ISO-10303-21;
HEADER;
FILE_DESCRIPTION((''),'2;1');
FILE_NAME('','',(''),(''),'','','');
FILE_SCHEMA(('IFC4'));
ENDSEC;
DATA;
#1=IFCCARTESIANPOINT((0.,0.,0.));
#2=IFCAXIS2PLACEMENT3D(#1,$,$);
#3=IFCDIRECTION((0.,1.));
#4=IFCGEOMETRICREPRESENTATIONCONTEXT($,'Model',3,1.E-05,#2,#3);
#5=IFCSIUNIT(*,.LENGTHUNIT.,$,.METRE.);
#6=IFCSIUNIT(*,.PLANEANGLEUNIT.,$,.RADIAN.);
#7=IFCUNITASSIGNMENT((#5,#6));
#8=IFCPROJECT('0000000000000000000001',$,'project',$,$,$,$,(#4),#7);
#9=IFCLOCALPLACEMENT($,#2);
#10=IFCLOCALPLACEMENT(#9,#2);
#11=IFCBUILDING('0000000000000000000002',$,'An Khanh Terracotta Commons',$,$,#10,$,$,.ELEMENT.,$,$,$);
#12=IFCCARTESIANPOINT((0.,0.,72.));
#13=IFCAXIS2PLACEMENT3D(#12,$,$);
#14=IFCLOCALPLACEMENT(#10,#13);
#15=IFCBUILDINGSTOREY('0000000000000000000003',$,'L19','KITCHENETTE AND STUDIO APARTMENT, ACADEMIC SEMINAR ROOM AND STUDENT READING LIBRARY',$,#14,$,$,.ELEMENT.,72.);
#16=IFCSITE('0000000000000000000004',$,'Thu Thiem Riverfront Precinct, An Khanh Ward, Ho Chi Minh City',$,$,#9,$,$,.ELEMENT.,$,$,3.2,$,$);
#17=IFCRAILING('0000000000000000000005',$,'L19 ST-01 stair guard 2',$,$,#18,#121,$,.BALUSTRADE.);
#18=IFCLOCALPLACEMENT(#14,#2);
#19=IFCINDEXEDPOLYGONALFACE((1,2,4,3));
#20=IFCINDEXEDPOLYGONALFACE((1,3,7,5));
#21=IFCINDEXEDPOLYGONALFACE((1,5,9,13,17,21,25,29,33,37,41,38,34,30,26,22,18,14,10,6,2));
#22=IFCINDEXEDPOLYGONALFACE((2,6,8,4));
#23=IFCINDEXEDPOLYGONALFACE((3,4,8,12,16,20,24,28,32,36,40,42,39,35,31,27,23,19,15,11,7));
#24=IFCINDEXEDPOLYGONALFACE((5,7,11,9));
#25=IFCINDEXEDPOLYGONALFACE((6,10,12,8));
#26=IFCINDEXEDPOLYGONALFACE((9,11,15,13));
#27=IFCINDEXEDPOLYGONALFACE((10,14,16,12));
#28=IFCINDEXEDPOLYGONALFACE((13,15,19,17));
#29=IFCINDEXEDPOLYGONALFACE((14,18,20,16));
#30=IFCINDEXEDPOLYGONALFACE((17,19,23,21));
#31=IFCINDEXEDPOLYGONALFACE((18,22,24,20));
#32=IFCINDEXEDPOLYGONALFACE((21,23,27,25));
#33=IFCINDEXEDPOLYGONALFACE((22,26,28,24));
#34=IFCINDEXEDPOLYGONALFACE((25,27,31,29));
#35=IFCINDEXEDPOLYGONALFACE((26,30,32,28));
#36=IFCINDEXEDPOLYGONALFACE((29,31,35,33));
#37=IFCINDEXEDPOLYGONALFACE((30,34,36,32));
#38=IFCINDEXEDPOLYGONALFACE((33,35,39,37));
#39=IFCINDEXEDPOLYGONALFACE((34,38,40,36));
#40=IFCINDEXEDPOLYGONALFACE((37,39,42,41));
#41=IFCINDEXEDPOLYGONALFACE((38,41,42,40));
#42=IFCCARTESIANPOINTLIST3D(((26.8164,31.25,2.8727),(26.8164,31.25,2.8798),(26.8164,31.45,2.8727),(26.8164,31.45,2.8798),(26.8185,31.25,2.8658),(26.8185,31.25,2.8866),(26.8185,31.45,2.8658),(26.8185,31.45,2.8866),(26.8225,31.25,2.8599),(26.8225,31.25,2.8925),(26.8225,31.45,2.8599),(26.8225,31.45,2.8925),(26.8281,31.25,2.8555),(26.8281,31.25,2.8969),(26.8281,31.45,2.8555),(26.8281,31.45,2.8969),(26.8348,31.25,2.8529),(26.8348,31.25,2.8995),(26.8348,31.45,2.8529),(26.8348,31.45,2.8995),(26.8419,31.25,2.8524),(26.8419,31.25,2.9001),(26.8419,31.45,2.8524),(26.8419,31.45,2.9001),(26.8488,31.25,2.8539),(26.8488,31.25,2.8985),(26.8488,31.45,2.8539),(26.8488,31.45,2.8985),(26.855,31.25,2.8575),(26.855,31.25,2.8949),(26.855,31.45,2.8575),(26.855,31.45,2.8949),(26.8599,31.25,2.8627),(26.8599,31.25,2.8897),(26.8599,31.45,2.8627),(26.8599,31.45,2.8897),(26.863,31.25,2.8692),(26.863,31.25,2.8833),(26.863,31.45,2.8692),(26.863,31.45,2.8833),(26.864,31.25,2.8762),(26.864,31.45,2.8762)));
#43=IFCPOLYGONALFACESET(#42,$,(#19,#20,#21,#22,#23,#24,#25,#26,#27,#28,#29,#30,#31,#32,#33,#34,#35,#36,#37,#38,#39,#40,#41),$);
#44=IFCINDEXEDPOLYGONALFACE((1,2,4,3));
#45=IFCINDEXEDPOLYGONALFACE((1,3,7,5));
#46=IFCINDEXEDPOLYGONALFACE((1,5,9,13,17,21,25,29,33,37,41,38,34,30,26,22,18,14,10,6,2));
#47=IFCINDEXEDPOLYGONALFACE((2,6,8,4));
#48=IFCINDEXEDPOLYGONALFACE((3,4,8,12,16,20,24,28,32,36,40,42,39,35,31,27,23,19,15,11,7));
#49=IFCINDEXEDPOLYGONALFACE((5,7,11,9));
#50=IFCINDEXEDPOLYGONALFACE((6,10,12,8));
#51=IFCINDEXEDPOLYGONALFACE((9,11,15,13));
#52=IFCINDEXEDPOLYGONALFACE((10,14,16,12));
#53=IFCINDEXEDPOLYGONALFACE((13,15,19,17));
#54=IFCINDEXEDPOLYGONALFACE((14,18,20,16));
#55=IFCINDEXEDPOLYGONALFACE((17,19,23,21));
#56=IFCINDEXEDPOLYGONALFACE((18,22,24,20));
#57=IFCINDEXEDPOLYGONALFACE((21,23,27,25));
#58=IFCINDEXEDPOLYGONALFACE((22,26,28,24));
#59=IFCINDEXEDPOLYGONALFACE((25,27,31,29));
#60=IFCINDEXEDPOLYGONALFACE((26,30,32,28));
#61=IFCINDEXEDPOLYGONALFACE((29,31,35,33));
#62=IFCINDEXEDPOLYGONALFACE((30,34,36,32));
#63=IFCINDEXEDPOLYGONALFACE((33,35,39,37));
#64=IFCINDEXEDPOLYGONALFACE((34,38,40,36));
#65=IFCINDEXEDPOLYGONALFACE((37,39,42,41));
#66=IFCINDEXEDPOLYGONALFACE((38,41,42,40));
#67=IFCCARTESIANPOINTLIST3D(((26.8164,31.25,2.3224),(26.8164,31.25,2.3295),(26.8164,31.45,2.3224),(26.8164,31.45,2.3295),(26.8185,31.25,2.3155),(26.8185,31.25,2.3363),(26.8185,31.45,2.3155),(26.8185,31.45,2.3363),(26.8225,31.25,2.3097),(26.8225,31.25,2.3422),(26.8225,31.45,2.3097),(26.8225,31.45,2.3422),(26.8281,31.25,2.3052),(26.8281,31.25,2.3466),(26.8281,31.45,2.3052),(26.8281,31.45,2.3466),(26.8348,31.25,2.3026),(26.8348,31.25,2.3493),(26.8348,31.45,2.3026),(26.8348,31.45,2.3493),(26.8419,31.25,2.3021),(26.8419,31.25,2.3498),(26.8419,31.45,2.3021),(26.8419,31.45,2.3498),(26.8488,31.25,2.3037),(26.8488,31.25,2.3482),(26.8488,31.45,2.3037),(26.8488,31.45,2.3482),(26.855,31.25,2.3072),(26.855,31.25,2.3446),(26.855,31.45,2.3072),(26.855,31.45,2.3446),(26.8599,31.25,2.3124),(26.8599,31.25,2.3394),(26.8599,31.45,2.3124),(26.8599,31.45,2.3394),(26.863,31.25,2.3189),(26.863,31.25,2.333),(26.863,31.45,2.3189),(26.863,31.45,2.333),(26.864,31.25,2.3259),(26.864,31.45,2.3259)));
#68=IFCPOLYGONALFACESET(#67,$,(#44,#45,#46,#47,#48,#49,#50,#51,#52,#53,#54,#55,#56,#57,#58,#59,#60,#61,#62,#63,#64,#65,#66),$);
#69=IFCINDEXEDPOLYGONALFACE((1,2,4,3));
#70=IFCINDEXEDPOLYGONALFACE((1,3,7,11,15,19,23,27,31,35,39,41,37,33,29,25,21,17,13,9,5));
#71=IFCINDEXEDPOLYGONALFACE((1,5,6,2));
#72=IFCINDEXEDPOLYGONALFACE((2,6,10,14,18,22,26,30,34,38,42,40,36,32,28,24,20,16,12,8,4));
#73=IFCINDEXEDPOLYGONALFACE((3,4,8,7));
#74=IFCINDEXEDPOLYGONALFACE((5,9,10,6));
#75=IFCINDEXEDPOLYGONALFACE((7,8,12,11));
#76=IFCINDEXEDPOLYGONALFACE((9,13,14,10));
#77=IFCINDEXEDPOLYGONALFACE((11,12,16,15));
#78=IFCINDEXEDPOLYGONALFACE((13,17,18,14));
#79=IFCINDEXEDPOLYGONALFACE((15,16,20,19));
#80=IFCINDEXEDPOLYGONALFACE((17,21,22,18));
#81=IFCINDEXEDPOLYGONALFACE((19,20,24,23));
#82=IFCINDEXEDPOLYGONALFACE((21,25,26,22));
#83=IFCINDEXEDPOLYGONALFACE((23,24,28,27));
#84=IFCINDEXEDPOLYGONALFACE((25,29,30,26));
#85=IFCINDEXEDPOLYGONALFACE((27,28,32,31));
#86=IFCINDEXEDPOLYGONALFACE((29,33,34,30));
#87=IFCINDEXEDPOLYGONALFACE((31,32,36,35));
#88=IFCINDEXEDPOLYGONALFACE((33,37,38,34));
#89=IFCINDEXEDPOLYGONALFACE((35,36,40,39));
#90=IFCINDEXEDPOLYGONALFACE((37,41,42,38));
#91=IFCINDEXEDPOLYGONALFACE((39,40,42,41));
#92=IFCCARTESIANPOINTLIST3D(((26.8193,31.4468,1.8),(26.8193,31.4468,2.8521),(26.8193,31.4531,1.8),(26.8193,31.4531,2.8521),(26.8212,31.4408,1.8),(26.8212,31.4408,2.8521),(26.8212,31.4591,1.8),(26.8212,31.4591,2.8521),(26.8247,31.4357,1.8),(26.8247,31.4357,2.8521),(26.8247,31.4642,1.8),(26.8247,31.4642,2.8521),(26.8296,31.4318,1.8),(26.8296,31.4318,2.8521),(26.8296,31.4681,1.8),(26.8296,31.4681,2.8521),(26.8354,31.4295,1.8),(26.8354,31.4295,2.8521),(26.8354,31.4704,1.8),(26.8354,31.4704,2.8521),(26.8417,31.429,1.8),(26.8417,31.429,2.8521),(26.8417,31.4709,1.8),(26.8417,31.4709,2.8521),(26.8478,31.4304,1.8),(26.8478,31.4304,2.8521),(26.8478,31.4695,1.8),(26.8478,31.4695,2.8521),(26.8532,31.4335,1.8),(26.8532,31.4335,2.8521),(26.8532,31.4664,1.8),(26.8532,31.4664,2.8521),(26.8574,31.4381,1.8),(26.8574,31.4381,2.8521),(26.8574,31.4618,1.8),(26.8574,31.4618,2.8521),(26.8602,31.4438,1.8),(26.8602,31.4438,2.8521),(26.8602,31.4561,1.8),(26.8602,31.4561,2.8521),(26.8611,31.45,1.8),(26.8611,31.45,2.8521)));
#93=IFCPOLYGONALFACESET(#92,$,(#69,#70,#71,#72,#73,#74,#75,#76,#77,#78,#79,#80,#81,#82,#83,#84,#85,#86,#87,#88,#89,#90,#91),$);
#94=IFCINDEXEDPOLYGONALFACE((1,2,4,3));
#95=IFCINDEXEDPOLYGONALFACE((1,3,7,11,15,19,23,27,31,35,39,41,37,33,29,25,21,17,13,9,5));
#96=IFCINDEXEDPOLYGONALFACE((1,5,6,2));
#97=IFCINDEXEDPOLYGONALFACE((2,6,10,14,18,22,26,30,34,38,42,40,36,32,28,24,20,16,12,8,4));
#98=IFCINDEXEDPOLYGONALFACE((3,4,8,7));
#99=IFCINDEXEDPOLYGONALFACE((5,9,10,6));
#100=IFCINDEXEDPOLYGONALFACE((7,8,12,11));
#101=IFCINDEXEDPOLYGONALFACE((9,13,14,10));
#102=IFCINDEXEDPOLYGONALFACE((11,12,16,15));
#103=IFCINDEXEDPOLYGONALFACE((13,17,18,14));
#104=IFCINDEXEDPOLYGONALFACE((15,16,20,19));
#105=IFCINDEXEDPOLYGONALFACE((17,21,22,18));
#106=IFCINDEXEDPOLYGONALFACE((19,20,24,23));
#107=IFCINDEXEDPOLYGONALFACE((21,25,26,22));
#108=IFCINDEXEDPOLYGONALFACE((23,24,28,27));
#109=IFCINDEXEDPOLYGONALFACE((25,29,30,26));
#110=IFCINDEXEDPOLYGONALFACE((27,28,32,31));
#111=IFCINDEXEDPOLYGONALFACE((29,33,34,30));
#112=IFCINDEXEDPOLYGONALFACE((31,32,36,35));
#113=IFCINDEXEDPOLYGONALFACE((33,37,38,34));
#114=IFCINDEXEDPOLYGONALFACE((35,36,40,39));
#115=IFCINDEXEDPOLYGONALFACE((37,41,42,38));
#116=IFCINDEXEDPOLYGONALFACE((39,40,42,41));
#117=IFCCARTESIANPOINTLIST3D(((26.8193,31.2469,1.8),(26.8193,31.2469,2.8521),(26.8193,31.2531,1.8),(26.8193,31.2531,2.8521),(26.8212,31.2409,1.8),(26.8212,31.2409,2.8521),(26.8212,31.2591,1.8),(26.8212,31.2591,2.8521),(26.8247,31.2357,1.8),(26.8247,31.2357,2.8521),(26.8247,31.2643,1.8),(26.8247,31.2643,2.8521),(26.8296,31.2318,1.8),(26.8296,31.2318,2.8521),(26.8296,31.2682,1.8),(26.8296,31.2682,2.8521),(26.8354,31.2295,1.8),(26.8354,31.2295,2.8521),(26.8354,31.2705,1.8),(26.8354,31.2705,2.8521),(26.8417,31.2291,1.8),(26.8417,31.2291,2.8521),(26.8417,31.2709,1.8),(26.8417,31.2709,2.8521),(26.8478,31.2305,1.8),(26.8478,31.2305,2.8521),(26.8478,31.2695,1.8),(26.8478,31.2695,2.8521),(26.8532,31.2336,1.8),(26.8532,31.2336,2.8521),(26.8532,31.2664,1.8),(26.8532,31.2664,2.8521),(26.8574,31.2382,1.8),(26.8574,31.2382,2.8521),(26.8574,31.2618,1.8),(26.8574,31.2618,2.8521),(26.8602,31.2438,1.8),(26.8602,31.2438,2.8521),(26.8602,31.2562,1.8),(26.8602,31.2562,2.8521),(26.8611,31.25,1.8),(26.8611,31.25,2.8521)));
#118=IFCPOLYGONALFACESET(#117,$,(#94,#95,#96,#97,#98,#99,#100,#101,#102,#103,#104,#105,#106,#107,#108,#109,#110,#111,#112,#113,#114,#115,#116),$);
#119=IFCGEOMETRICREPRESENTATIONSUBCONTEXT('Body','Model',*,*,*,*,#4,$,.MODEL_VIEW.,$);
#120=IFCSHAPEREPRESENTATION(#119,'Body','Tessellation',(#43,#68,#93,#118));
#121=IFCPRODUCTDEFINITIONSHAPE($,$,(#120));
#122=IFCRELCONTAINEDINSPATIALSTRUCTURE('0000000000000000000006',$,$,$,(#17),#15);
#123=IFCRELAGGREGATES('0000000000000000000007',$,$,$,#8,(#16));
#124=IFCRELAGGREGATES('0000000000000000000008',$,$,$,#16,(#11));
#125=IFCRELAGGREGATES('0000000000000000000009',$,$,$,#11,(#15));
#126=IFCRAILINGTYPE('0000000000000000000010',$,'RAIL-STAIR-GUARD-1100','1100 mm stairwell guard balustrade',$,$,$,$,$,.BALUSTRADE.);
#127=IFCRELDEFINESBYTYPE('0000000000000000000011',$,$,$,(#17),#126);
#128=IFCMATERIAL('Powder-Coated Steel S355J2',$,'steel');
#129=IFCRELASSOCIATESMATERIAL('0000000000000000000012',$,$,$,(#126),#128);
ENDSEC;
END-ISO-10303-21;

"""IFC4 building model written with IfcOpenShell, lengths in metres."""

from ifc_helpers import new_model, si_unit, direction, frame, origin, origin_2d, place, context, subcontext, project, spatial, circle, extrude, material, type_object, element, save


model = new_model("IFC4")

# Units and contexts
model_context = context("Model", 3, precision=1e-05, world=origin(), true_north=direction((0.0, 1.0)))
body_context = subcontext(model_context, "Body", "Model", "MODEL_VIEW")
ifc_project = project(units=[si_unit("LENGTHUNIT", "METRE"), si_unit("PLANEANGLEUNIT", "RADIAN")], contexts=[model_context])

# Site, building, storey
site_placement = place(None, origin())
site = spatial("IfcSite", under=ifc_project, at=site_placement, Name="Thu Thiem Riverfront Precinct, An Khanh Ward, Ho Chi Minh City", CompositionType="ELEMENT", RefElevation=3.2)
building_placement = place(site_placement, origin())
building = spatial("IfcBuilding", under=site, at=building_placement, Name="An Khanh Terracotta Commons", CompositionType="ELEMENT")
storey_placement = place(building_placement, frame((0.0, 0.0, 72.0)))
storey = spatial("IfcBuildingStorey", under=building, at=storey_placement, Name="L19", Description="KITCHENETTE AND STUDIO APARTMENT, ACADEMIC SEMINAR ROOM AND STUDENT READING LIBRARY", CompositionType="ELEMENT", Elevation=72.0)

# Railing
ifc_material_1 = material(Name="Powder-Coated Steel S355J2", Category="steel")
railing_type_1 = type_object("IfcRailingType", Name="RAIL-STAIR-GUARD-1100", Description="1100 mm stairwell guard balustrade", PredefinedType="BALUSTRADE", material=ifc_material_1)
railing_1_placement = place(storey_placement, frame((26.8401, 31.45, 1.8)))
element("IfcRailing", 1, at=railing_1_placement, inside=storey, type_object=railing_type_1, Name="L19 ST-01 stair guard 2", PredefinedType="BALUSTRADE", context=body_context, shape_type="SweptSolid", body=[
    extrude(circle(Radius=0.0239, at=origin_2d()), frame((0.0, 0.0, 1.0762), z_axis=(0.0, -1.0, 0.0), x_axis=(1.0, 0.0, 0.0)), (0.0, 0.0, 1.0), 0.2),
    extrude(circle(Radius=0.0239, at=origin_2d()), frame((0.0, 0.0, 0.5259), z_axis=(0.0, -1.0, 0.0), x_axis=(1.0, 0.0, 0.0)), (0.0, 0.0, 1.0), 0.2),
    extrude(circle(Radius=0.021, at=origin_2d()), origin(), (0.0, 0.0, 1.0), 1.052),
    extrude(circle(Radius=0.021, at=origin_2d()), frame((0.0, -0.2, 0.0)), (0.0, 0.0, 1.0), 1.052),
])

save(model, "model.ifc")
